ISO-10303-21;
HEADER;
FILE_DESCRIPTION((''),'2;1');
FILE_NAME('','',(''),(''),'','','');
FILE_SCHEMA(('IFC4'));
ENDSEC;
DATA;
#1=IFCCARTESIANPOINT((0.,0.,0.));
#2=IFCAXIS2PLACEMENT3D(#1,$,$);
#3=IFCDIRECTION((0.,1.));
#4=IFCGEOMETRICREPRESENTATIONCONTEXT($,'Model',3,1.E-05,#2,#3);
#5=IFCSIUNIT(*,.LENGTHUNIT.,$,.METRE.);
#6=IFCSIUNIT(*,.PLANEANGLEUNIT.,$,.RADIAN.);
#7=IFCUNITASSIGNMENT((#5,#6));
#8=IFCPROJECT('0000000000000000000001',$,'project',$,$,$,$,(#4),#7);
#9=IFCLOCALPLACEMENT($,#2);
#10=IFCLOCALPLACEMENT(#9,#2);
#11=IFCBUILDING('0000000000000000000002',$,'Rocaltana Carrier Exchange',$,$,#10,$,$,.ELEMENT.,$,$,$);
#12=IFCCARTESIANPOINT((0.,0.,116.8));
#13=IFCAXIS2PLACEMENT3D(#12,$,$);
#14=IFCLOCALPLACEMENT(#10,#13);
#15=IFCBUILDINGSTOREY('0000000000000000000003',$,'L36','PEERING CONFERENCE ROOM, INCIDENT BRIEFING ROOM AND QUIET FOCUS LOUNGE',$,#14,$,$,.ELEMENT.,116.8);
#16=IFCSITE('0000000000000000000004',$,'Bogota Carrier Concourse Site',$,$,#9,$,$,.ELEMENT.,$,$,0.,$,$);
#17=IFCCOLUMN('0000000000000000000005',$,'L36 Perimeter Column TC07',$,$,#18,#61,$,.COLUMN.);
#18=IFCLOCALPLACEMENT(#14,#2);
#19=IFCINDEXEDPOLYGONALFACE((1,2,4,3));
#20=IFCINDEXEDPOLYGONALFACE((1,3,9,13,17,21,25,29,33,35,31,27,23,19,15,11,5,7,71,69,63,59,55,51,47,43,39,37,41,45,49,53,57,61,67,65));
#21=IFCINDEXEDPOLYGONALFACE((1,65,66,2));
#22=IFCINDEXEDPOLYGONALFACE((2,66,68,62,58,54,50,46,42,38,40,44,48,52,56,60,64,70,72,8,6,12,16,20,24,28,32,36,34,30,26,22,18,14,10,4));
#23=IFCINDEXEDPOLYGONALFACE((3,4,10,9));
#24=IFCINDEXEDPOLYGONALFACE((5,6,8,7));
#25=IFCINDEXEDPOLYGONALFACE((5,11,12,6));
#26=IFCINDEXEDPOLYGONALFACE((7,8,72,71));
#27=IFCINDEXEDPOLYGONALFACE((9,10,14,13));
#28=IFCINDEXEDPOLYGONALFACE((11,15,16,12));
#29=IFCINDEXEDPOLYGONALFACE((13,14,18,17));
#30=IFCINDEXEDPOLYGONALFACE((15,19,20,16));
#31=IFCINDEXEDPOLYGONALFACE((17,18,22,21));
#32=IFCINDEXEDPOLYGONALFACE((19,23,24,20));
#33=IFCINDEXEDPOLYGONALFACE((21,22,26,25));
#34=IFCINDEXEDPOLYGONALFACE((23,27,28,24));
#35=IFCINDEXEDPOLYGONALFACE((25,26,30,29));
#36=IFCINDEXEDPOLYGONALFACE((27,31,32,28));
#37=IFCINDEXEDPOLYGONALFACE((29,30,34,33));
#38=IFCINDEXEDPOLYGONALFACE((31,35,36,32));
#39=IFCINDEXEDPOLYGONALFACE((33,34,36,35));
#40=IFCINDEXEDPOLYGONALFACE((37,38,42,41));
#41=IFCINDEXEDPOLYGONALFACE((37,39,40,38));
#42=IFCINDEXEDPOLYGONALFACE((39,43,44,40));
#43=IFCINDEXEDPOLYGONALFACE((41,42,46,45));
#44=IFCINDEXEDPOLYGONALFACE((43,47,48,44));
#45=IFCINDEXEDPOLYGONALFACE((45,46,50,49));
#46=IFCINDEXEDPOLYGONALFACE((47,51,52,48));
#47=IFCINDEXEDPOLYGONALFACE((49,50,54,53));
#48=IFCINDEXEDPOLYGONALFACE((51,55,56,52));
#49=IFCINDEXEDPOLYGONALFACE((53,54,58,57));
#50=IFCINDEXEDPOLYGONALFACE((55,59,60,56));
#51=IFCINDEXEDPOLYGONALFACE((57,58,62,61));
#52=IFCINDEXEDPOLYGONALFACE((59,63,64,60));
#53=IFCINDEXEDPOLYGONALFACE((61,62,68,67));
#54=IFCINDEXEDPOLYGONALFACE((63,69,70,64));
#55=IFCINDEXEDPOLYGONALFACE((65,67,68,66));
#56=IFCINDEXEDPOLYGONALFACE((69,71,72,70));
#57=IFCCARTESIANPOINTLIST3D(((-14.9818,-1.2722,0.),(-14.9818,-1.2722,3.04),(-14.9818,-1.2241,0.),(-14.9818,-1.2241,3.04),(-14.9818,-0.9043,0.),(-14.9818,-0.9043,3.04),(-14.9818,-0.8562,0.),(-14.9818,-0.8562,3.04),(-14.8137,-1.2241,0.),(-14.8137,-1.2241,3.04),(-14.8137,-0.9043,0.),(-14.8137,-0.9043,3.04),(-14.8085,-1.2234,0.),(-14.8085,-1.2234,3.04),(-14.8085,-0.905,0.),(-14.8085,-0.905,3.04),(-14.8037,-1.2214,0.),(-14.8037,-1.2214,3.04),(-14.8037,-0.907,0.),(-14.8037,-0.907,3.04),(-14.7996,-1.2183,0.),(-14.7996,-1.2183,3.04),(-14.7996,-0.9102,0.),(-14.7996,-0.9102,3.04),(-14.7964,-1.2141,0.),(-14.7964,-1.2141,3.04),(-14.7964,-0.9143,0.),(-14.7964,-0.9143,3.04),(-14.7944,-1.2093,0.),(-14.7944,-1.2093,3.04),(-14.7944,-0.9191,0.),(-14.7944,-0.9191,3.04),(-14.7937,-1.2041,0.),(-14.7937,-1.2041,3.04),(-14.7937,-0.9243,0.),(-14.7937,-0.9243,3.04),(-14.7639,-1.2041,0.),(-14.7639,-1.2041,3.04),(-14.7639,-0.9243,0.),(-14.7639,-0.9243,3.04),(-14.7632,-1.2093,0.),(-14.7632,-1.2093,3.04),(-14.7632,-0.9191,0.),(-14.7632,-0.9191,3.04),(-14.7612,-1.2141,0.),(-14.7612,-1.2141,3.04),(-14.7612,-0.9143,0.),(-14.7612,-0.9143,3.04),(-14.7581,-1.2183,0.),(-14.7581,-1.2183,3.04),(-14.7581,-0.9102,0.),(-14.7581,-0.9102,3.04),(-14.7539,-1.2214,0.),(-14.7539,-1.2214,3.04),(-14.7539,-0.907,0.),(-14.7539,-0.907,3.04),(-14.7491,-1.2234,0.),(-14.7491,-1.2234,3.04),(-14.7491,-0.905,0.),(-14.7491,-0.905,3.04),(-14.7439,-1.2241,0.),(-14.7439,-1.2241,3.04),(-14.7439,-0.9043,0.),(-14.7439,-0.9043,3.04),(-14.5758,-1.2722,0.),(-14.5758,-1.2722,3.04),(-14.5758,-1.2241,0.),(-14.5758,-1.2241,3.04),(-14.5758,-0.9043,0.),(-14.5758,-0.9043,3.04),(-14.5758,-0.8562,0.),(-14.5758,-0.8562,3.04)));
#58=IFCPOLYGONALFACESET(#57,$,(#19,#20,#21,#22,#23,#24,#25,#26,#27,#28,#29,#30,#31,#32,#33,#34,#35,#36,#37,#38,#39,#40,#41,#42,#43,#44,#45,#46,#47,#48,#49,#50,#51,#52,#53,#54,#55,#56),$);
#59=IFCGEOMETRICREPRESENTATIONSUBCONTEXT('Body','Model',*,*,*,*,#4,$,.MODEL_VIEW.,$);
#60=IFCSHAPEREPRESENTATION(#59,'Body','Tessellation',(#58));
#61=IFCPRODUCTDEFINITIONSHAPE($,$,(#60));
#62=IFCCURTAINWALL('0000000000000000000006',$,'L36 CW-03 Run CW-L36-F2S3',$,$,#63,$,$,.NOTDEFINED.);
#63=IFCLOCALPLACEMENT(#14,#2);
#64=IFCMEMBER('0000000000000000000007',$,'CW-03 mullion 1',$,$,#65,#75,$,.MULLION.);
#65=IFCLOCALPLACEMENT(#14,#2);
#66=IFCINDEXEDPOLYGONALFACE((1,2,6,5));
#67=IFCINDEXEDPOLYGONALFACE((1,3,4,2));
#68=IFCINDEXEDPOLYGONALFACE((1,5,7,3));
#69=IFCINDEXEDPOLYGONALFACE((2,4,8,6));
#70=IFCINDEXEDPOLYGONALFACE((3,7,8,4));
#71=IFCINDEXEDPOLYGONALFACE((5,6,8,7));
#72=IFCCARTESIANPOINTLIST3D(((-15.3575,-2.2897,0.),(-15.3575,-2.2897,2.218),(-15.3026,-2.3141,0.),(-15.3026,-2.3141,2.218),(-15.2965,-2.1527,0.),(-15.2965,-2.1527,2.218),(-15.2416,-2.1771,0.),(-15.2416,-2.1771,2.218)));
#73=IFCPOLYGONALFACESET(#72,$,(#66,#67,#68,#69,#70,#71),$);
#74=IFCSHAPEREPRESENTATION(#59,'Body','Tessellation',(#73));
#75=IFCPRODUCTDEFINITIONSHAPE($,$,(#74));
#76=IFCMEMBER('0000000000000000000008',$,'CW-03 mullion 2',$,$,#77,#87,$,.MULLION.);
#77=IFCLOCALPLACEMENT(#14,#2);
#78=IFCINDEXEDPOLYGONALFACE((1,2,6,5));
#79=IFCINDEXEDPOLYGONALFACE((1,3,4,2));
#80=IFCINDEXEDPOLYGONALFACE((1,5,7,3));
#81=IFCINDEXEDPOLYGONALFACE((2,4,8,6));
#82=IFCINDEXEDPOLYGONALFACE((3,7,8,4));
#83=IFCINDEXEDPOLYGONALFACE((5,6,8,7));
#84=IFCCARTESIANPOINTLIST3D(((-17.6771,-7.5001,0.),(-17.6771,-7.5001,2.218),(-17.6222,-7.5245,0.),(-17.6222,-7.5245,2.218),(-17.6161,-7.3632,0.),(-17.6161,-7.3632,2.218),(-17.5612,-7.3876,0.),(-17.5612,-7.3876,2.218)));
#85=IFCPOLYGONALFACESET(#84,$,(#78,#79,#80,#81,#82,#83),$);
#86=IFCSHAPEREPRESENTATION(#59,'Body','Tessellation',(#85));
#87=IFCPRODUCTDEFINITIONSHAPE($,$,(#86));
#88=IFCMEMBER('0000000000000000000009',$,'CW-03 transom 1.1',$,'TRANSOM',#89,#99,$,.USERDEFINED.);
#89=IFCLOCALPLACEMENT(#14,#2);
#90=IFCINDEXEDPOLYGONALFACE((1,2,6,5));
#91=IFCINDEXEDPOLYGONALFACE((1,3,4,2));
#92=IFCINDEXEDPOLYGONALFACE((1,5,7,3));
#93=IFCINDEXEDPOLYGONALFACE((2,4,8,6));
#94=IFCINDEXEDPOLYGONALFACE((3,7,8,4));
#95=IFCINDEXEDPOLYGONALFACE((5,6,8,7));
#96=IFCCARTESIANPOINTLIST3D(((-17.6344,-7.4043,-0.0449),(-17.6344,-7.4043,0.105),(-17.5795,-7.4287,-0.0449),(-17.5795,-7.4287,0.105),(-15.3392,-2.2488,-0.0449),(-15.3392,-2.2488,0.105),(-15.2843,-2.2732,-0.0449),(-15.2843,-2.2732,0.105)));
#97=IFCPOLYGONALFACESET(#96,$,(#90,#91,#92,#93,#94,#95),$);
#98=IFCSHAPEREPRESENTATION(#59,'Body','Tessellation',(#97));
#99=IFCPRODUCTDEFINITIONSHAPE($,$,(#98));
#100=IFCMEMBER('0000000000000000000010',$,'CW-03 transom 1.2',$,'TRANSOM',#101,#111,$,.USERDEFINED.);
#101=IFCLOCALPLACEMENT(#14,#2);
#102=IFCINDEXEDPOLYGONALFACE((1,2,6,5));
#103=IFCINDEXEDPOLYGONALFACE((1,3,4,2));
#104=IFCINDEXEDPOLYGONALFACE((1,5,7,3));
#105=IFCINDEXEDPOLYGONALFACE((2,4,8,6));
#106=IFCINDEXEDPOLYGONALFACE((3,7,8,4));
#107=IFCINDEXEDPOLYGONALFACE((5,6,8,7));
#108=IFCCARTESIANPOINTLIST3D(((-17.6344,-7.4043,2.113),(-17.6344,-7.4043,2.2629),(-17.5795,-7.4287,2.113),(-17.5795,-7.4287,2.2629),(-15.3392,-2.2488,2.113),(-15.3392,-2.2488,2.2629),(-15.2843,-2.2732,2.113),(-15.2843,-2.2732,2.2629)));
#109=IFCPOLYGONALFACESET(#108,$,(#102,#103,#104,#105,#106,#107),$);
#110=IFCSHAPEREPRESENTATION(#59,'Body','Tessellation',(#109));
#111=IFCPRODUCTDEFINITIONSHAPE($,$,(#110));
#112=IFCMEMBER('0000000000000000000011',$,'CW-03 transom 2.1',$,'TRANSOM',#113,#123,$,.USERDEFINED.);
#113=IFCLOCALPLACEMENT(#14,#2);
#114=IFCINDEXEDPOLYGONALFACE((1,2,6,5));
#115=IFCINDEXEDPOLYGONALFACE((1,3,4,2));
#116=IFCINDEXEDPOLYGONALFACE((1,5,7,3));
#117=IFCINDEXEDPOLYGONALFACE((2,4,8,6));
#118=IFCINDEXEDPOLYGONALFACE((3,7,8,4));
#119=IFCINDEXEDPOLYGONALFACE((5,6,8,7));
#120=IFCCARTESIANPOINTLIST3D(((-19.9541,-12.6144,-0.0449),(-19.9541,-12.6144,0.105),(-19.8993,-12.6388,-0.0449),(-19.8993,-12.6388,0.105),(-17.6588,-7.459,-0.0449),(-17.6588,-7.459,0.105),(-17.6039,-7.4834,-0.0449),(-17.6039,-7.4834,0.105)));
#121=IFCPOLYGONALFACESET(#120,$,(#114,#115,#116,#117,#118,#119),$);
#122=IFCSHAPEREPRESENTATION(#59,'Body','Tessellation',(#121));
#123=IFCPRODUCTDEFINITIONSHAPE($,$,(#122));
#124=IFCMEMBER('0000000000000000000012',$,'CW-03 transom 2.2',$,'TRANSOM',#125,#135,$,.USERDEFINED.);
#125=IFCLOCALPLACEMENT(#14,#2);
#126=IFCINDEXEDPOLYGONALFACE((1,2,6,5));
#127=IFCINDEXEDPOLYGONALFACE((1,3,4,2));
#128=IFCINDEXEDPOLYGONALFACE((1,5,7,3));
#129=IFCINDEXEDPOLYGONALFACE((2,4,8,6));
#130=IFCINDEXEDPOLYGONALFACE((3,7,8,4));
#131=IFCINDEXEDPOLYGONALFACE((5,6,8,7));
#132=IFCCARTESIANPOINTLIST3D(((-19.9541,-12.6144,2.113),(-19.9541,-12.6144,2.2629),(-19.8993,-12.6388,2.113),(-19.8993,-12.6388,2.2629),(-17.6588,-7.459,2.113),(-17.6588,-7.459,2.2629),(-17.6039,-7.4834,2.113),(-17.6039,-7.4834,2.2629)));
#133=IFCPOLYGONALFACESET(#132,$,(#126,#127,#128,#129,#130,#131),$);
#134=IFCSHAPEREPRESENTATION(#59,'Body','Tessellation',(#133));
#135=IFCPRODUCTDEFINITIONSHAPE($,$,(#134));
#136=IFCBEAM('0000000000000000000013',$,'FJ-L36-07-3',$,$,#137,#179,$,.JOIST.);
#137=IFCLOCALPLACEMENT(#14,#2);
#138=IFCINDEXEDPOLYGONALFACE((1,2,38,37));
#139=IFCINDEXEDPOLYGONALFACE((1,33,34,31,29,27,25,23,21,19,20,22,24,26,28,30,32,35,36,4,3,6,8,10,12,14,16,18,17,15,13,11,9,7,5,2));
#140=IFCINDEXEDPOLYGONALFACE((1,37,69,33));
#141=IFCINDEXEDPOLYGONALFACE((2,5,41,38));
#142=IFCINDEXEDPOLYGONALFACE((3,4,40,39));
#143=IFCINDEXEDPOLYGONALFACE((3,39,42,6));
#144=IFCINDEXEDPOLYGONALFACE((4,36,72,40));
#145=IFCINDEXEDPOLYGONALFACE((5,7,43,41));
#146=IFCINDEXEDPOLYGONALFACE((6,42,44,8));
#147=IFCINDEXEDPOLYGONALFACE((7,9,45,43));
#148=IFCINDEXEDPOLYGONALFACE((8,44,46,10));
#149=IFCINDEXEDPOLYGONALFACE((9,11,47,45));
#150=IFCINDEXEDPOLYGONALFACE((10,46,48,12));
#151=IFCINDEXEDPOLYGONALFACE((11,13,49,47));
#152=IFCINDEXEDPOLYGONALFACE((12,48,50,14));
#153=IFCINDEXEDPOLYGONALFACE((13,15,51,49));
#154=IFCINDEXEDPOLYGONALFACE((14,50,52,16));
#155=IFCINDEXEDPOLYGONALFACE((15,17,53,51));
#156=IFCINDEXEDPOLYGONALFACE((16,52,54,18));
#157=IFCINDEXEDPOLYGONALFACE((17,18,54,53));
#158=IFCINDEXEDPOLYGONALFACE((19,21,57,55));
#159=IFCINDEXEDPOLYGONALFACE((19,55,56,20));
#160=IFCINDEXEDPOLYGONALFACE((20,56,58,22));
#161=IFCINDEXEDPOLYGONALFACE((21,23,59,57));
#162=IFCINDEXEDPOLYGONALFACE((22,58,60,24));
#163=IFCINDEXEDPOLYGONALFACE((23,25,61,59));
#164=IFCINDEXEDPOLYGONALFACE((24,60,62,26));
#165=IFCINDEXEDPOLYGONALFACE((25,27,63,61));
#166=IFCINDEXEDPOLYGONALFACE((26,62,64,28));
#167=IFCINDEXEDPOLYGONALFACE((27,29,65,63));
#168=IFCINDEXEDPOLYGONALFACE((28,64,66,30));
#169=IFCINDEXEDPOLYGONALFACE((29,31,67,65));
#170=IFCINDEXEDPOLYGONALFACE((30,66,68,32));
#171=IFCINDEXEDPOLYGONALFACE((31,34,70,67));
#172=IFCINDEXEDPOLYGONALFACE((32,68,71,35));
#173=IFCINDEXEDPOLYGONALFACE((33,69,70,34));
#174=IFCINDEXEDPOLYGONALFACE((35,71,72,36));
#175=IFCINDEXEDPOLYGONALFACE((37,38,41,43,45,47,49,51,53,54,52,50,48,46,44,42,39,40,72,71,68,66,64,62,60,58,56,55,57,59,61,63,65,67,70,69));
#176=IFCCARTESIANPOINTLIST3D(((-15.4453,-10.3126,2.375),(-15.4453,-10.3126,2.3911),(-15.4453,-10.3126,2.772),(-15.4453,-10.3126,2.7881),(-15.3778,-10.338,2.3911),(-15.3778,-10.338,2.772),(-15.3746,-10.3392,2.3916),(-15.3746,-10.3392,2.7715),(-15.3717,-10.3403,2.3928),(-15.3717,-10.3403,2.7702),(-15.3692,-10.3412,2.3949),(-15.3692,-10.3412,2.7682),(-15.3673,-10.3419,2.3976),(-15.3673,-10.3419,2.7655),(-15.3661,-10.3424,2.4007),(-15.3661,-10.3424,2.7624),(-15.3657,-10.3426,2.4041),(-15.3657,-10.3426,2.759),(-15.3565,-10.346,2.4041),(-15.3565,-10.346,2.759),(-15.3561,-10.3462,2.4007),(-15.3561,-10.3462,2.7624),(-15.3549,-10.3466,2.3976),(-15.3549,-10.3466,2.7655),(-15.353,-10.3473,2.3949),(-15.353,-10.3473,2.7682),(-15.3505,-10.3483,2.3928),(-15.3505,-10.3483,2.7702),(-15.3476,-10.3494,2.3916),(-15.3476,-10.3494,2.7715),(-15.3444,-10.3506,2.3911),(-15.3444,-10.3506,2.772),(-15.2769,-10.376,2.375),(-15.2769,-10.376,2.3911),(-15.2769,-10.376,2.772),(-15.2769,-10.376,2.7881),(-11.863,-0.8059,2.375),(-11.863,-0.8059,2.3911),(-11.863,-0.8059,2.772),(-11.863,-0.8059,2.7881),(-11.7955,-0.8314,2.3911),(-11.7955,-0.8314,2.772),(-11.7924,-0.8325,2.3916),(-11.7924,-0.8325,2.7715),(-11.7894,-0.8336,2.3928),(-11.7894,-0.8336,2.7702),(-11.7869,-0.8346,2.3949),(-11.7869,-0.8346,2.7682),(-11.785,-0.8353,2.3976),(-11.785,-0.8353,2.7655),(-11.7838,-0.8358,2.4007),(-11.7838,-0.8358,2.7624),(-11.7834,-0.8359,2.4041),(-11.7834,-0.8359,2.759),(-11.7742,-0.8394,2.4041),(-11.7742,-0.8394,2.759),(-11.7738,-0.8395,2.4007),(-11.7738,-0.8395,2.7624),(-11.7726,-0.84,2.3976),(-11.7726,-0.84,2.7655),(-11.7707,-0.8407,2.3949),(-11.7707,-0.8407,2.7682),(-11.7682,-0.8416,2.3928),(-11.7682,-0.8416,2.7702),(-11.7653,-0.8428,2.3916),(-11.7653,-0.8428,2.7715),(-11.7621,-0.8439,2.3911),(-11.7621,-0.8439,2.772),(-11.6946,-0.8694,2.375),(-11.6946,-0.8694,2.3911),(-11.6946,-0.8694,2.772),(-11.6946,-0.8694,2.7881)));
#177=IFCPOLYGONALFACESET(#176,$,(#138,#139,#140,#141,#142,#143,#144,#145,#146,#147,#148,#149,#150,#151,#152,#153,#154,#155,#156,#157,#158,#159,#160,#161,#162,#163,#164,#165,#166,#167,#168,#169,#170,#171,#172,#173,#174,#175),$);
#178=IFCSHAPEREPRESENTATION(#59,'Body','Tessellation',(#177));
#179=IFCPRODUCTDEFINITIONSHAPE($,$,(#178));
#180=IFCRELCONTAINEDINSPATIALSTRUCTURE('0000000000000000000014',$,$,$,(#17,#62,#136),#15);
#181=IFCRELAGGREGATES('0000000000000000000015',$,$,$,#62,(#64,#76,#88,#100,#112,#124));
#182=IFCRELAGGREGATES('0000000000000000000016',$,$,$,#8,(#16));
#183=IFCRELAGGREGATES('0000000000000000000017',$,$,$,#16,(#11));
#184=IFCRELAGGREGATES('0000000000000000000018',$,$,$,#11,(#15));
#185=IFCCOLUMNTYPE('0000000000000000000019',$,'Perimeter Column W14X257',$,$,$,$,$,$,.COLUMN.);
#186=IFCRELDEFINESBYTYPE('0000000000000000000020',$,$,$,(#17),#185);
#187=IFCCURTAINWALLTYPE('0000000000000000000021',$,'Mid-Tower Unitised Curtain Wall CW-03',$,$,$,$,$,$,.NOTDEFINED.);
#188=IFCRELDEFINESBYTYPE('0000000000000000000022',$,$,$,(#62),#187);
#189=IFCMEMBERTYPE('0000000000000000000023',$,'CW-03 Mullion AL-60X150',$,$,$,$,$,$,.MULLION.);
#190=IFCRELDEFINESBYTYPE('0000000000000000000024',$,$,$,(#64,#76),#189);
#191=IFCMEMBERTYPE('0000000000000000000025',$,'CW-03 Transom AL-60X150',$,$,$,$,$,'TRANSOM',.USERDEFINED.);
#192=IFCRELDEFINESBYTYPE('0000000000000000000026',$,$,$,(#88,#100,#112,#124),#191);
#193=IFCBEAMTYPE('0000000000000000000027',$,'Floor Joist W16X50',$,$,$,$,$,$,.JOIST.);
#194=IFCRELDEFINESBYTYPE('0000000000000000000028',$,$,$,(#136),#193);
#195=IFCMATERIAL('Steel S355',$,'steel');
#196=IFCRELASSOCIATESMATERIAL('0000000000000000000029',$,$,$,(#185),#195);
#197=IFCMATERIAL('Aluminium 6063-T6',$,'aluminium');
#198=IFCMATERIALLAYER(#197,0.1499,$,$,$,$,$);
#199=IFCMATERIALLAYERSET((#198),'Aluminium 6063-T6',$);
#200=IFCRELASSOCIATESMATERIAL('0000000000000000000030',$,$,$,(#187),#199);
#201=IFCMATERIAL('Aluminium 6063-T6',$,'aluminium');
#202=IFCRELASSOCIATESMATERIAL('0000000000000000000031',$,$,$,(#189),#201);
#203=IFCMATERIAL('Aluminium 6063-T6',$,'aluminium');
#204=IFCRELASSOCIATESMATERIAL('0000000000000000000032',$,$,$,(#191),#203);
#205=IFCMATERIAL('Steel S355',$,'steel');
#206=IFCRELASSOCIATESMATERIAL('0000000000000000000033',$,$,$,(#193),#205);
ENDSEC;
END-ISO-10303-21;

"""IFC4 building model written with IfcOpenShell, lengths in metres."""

from ifc_helpers import new_model, si_unit, direction, frame, origin, origin_2d, place, context, subcontext, project, spatial, rectangle, i_section, extrude, material, layer, layer_set, material_profile, profile_set, type_object, element, aggregate, save


model = new_model("IFC4")

# Units and contexts
model_context = context("Model", 3, precision=1e-05, world=origin(), true_north=direction((0.0, 1.0)))
body_context = subcontext(model_context, "Body", "Model", "MODEL_VIEW")
ifc_project = project(units=[si_unit("LENGTHUNIT", "METRE"), si_unit("PLANEANGLEUNIT", "RADIAN")], contexts=[model_context])

# Site, building, storey
site_placement = place(None, origin())
site = spatial("IfcSite", under=ifc_project, at=site_placement, Name="Bogota Carrier Concourse Site", CompositionType="ELEMENT", RefElevation=0.0)
building_placement = place(site_placement, origin())
building = spatial("IfcBuilding", under=site, at=building_placement, Name="Rocaltana Carrier Exchange", CompositionType="ELEMENT")
storey_placement = place(building_placement, frame((0.0, 0.0, 116.8)))
storey = spatial("IfcBuildingStorey", under=building, at=storey_placement, Name="L36", Description="PEERING CONFERENCE ROOM, INCIDENT BRIEFING ROOM AND QUIET FOCUS LOUNGE", CompositionType="ELEMENT", Elevation=116.8)

# Column
ifc_material_1 = material(Name="Steel S355", Category="steel")
ifc_material_profile_1 = material_profile(ifc_material_1, i_section(OverallWidth=0.406, OverallDepth=0.416, WebThickness=0.0298, FlangeThickness=0.0481, FilletRadius=0.02, at=origin_2d()), Name="W14X257")
ifc_profile_set_1 = profile_set([ifc_material_profile_1], Name="Steel S355")
column_type = type_object("IfcColumnType", Name="Perimeter Column W14X257", PredefinedType="COLUMN", material=ifc_profile_set_1)
column_placement = place(storey_placement, frame((-14.7788, -1.0642, 0.0), z_axis=(0.0, 0.0, 1.0), x_axis=(1.0, 0.0, 0.0)))
element("IfcColumn", 1, at=column_placement, inside=storey, type_object=column_type, Name="L36 Perimeter Column TC07", PredefinedType="COLUMN", context=body_context, shape_type="SweptSolid", body=[
    extrude(i_section(OverallWidth=0.406, OverallDepth=0.416, WebThickness=0.0298, FlangeThickness=0.0481, FilletRadius=0.02, at=origin_2d()), origin(), (0.0, 0.0, 1.0), 3.04),
])

# Curtain wall, members
ifc_material_2 = material(Name="Aluminium 6063-T6", Category="aluminium")
ifc_layer_1 = layer(ifc_material_2, 0.1499)
ifc_layer_set_1 = layer_set([ifc_layer_1], Name="Aluminium 6063-T6")
curtain_wall_type = type_object("IfcCurtainWallType", Name="Mid-Tower Unitised Curtain Wall CW-03", PredefinedType="NOTDEFINED", material=ifc_layer_set_1)
curtain_wall_placement = place(storey_placement, origin())
curtain_wall = element("IfcCurtainWall", 2, at=curtain_wall_placement, inside=storey, type_object=curtain_wall_type, Name="L36 CW-03 Run CW-L36-F2S3", PredefinedType="NOTDEFINED")
ifc_material_3 = material(Name="Aluminium 6063-T6", Category="aluminium")
ifc_material_profile_2 = material_profile(ifc_material_3, rectangle(XDim=0.0601, YDim=0.1499, at=origin_2d()), Name="AL-60X150")
ifc_profile_set_2 = profile_set([ifc_material_profile_2], Name="Aluminium 6063-T6")
member_type_1 = type_object("IfcMemberType", Name="CW-03 Mullion AL-60X150", PredefinedType="MULLION", material=ifc_profile_set_2)
member_1_placement = place(storey_placement, frame((-15.2996, -2.2334, 0.0), z_axis=(0.0, 0.0, 1.0), x_axis=(0.913547, -0.406733, 0.0)))
member_1 = element("IfcMember", 3, at=member_1_placement, type_object=member_type_1, Name="CW-03 mullion 1", PredefinedType="MULLION", context=body_context, shape_type="SweptSolid", body=[
    extrude(rectangle(XDim=0.0601, YDim=0.1499, at=origin_2d()), origin(), (0.0, 0.0, 1.0), 2.218),
])
member_2_placement = place(storey_placement, frame((-17.6191, -7.4438, 0.0), z_axis=(0.0, 0.0, 1.0), x_axis=(0.913547, -0.406733, 0.0)))
member_2 = element("IfcMember", 4, at=member_2_placement, type_object=member_type_1, Name="CW-03 mullion 2", PredefinedType="MULLION", context=body_context, shape_type="SweptSolid", body=[
    extrude(rectangle(XDim=0.0601, YDim=0.1499, at=origin_2d()), origin(), (0.0, 0.0, 1.0), 2.218),
])
ifc_material_4 = material(Name="Aluminium 6063-T6", Category="aluminium")
ifc_material_profile_3 = material_profile(ifc_material_4, rectangle(XDim=0.0601, YDim=0.1499, at=origin_2d()), Name="AL-60X150")
ifc_profile_set_3 = profile_set([ifc_material_profile_3], Name="Aluminium 6063-T6")
member_type_2 = type_object("IfcMemberType", Name="CW-03 Transom AL-60X150", ElementType="TRANSOM", PredefinedType="USERDEFINED", material=ifc_profile_set_3)
member_3_placement = place(storey_placement, frame((-15.3118, -2.261, 0.03), z_axis=(-0.406704, -0.91356, 0.0), x_axis=(0.91356, -0.406704, 0.0)))
member_3 = element("IfcMember", 5, at=member_3_placement, type_object=member_type_2, Name="CW-03 transom 1.1", ObjectType="TRANSOM", PredefinedType="USERDEFINED", context=body_context, shape_type="SweptSolid", body=[
    extrude(rectangle(XDim=0.0601, YDim=0.1499, at=origin_2d()), origin(), (0.0, 0.0, 1.0), 5.6433),
])
member_4_placement = place(storey_placement, frame((-15.3118, -2.261, 2.188), z_axis=(-0.406704, -0.91356, 0.0), x_axis=(0.91356, -0.406704, 0.0)))
member_4 = element("IfcMember", 6, at=member_4_placement, type_object=member_type_2, Name="CW-03 transom 1.2", ObjectType="TRANSOM", PredefinedType="USERDEFINED", context=body_context, shape_type="SweptSolid", body=[
    extrude(rectangle(XDim=0.0601, YDim=0.1499, at=origin_2d()), origin(), (0.0, 0.0, 1.0), 5.6433),
])
member_5_placement = place(storey_placement, frame((-17.6313, -7.4712, 0.03), z_axis=(-0.40674, -0.913544, 0.0), x_axis=(0.913544, -0.40674, 0.0)))
member_5 = element("IfcMember", 7, at=member_5_placement, type_object=member_type_2, Name="CW-03 transom 2.1", ObjectType="TRANSOM", PredefinedType="USERDEFINED", context=body_context, shape_type="SweptSolid", body=[
    extrude(rectangle(XDim=0.0601, YDim=0.1499, at=origin_2d()), origin(), (0.0, 0.0, 1.0), 5.6433),
])
member_6_placement = place(storey_placement, frame((-17.6313, -7.4712, 2.188), z_axis=(-0.40674, -0.913544, 0.0), x_axis=(0.913544, -0.40674, 0.0)))
member_6 = element("IfcMember", 8, at=member_6_placement, type_object=member_type_2, Name="CW-03 transom 2.2", ObjectType="TRANSOM", PredefinedType="USERDEFINED", context=body_context, shape_type="SweptSolid", body=[
    extrude(rectangle(XDim=0.0601, YDim=0.1499, at=origin_2d()), origin(), (0.0, 0.0, 1.0), 5.6433),
])

# Beam
ifc_material_5 = material(Name="Steel S355", Category="steel")
ifc_material_profile_4 = material_profile(ifc_material_5, i_section(OverallWidth=0.1799, OverallDepth=0.4131, WebThickness=0.0098, FlangeThickness=0.0161, FilletRadius=0.0129, at=origin_2d()), Name="W16X50")
ifc_profile_set_4 = profile_set([ifc_material_profile_4], Name="Steel S355")
beam_type_1 = type_object("IfcBeamType", Name="Floor Joist W16X50", PredefinedType="JOIST", material=ifc_profile_set_4)
beam_1_placement = place(storey_placement, frame((-11.7788, -0.8376, 2.5815), z_axis=(-0.352616, -0.935768, 0.0), x_axis=(0.935768, -0.352616, 0.0)))
element("IfcBeam", 9, at=beam_1_placement, inside=storey, type_object=beam_type_1, Name="FJ-L36-07-3", PredefinedType="JOIST", context=body_context, shape_type="SweptSolid", body=[
    extrude(i_section(OverallWidth=0.1799, OverallDepth=0.4131, WebThickness=0.0098, FlangeThickness=0.0161, FilletRadius=0.0129, at=origin_2d()), origin(), (0.0, 0.0, 1.0), 10.1592),
])

aggregate(curtain_wall, [member_1, member_2, member_3, member_4, member_5, member_6])

save(model, "model.ifc")
